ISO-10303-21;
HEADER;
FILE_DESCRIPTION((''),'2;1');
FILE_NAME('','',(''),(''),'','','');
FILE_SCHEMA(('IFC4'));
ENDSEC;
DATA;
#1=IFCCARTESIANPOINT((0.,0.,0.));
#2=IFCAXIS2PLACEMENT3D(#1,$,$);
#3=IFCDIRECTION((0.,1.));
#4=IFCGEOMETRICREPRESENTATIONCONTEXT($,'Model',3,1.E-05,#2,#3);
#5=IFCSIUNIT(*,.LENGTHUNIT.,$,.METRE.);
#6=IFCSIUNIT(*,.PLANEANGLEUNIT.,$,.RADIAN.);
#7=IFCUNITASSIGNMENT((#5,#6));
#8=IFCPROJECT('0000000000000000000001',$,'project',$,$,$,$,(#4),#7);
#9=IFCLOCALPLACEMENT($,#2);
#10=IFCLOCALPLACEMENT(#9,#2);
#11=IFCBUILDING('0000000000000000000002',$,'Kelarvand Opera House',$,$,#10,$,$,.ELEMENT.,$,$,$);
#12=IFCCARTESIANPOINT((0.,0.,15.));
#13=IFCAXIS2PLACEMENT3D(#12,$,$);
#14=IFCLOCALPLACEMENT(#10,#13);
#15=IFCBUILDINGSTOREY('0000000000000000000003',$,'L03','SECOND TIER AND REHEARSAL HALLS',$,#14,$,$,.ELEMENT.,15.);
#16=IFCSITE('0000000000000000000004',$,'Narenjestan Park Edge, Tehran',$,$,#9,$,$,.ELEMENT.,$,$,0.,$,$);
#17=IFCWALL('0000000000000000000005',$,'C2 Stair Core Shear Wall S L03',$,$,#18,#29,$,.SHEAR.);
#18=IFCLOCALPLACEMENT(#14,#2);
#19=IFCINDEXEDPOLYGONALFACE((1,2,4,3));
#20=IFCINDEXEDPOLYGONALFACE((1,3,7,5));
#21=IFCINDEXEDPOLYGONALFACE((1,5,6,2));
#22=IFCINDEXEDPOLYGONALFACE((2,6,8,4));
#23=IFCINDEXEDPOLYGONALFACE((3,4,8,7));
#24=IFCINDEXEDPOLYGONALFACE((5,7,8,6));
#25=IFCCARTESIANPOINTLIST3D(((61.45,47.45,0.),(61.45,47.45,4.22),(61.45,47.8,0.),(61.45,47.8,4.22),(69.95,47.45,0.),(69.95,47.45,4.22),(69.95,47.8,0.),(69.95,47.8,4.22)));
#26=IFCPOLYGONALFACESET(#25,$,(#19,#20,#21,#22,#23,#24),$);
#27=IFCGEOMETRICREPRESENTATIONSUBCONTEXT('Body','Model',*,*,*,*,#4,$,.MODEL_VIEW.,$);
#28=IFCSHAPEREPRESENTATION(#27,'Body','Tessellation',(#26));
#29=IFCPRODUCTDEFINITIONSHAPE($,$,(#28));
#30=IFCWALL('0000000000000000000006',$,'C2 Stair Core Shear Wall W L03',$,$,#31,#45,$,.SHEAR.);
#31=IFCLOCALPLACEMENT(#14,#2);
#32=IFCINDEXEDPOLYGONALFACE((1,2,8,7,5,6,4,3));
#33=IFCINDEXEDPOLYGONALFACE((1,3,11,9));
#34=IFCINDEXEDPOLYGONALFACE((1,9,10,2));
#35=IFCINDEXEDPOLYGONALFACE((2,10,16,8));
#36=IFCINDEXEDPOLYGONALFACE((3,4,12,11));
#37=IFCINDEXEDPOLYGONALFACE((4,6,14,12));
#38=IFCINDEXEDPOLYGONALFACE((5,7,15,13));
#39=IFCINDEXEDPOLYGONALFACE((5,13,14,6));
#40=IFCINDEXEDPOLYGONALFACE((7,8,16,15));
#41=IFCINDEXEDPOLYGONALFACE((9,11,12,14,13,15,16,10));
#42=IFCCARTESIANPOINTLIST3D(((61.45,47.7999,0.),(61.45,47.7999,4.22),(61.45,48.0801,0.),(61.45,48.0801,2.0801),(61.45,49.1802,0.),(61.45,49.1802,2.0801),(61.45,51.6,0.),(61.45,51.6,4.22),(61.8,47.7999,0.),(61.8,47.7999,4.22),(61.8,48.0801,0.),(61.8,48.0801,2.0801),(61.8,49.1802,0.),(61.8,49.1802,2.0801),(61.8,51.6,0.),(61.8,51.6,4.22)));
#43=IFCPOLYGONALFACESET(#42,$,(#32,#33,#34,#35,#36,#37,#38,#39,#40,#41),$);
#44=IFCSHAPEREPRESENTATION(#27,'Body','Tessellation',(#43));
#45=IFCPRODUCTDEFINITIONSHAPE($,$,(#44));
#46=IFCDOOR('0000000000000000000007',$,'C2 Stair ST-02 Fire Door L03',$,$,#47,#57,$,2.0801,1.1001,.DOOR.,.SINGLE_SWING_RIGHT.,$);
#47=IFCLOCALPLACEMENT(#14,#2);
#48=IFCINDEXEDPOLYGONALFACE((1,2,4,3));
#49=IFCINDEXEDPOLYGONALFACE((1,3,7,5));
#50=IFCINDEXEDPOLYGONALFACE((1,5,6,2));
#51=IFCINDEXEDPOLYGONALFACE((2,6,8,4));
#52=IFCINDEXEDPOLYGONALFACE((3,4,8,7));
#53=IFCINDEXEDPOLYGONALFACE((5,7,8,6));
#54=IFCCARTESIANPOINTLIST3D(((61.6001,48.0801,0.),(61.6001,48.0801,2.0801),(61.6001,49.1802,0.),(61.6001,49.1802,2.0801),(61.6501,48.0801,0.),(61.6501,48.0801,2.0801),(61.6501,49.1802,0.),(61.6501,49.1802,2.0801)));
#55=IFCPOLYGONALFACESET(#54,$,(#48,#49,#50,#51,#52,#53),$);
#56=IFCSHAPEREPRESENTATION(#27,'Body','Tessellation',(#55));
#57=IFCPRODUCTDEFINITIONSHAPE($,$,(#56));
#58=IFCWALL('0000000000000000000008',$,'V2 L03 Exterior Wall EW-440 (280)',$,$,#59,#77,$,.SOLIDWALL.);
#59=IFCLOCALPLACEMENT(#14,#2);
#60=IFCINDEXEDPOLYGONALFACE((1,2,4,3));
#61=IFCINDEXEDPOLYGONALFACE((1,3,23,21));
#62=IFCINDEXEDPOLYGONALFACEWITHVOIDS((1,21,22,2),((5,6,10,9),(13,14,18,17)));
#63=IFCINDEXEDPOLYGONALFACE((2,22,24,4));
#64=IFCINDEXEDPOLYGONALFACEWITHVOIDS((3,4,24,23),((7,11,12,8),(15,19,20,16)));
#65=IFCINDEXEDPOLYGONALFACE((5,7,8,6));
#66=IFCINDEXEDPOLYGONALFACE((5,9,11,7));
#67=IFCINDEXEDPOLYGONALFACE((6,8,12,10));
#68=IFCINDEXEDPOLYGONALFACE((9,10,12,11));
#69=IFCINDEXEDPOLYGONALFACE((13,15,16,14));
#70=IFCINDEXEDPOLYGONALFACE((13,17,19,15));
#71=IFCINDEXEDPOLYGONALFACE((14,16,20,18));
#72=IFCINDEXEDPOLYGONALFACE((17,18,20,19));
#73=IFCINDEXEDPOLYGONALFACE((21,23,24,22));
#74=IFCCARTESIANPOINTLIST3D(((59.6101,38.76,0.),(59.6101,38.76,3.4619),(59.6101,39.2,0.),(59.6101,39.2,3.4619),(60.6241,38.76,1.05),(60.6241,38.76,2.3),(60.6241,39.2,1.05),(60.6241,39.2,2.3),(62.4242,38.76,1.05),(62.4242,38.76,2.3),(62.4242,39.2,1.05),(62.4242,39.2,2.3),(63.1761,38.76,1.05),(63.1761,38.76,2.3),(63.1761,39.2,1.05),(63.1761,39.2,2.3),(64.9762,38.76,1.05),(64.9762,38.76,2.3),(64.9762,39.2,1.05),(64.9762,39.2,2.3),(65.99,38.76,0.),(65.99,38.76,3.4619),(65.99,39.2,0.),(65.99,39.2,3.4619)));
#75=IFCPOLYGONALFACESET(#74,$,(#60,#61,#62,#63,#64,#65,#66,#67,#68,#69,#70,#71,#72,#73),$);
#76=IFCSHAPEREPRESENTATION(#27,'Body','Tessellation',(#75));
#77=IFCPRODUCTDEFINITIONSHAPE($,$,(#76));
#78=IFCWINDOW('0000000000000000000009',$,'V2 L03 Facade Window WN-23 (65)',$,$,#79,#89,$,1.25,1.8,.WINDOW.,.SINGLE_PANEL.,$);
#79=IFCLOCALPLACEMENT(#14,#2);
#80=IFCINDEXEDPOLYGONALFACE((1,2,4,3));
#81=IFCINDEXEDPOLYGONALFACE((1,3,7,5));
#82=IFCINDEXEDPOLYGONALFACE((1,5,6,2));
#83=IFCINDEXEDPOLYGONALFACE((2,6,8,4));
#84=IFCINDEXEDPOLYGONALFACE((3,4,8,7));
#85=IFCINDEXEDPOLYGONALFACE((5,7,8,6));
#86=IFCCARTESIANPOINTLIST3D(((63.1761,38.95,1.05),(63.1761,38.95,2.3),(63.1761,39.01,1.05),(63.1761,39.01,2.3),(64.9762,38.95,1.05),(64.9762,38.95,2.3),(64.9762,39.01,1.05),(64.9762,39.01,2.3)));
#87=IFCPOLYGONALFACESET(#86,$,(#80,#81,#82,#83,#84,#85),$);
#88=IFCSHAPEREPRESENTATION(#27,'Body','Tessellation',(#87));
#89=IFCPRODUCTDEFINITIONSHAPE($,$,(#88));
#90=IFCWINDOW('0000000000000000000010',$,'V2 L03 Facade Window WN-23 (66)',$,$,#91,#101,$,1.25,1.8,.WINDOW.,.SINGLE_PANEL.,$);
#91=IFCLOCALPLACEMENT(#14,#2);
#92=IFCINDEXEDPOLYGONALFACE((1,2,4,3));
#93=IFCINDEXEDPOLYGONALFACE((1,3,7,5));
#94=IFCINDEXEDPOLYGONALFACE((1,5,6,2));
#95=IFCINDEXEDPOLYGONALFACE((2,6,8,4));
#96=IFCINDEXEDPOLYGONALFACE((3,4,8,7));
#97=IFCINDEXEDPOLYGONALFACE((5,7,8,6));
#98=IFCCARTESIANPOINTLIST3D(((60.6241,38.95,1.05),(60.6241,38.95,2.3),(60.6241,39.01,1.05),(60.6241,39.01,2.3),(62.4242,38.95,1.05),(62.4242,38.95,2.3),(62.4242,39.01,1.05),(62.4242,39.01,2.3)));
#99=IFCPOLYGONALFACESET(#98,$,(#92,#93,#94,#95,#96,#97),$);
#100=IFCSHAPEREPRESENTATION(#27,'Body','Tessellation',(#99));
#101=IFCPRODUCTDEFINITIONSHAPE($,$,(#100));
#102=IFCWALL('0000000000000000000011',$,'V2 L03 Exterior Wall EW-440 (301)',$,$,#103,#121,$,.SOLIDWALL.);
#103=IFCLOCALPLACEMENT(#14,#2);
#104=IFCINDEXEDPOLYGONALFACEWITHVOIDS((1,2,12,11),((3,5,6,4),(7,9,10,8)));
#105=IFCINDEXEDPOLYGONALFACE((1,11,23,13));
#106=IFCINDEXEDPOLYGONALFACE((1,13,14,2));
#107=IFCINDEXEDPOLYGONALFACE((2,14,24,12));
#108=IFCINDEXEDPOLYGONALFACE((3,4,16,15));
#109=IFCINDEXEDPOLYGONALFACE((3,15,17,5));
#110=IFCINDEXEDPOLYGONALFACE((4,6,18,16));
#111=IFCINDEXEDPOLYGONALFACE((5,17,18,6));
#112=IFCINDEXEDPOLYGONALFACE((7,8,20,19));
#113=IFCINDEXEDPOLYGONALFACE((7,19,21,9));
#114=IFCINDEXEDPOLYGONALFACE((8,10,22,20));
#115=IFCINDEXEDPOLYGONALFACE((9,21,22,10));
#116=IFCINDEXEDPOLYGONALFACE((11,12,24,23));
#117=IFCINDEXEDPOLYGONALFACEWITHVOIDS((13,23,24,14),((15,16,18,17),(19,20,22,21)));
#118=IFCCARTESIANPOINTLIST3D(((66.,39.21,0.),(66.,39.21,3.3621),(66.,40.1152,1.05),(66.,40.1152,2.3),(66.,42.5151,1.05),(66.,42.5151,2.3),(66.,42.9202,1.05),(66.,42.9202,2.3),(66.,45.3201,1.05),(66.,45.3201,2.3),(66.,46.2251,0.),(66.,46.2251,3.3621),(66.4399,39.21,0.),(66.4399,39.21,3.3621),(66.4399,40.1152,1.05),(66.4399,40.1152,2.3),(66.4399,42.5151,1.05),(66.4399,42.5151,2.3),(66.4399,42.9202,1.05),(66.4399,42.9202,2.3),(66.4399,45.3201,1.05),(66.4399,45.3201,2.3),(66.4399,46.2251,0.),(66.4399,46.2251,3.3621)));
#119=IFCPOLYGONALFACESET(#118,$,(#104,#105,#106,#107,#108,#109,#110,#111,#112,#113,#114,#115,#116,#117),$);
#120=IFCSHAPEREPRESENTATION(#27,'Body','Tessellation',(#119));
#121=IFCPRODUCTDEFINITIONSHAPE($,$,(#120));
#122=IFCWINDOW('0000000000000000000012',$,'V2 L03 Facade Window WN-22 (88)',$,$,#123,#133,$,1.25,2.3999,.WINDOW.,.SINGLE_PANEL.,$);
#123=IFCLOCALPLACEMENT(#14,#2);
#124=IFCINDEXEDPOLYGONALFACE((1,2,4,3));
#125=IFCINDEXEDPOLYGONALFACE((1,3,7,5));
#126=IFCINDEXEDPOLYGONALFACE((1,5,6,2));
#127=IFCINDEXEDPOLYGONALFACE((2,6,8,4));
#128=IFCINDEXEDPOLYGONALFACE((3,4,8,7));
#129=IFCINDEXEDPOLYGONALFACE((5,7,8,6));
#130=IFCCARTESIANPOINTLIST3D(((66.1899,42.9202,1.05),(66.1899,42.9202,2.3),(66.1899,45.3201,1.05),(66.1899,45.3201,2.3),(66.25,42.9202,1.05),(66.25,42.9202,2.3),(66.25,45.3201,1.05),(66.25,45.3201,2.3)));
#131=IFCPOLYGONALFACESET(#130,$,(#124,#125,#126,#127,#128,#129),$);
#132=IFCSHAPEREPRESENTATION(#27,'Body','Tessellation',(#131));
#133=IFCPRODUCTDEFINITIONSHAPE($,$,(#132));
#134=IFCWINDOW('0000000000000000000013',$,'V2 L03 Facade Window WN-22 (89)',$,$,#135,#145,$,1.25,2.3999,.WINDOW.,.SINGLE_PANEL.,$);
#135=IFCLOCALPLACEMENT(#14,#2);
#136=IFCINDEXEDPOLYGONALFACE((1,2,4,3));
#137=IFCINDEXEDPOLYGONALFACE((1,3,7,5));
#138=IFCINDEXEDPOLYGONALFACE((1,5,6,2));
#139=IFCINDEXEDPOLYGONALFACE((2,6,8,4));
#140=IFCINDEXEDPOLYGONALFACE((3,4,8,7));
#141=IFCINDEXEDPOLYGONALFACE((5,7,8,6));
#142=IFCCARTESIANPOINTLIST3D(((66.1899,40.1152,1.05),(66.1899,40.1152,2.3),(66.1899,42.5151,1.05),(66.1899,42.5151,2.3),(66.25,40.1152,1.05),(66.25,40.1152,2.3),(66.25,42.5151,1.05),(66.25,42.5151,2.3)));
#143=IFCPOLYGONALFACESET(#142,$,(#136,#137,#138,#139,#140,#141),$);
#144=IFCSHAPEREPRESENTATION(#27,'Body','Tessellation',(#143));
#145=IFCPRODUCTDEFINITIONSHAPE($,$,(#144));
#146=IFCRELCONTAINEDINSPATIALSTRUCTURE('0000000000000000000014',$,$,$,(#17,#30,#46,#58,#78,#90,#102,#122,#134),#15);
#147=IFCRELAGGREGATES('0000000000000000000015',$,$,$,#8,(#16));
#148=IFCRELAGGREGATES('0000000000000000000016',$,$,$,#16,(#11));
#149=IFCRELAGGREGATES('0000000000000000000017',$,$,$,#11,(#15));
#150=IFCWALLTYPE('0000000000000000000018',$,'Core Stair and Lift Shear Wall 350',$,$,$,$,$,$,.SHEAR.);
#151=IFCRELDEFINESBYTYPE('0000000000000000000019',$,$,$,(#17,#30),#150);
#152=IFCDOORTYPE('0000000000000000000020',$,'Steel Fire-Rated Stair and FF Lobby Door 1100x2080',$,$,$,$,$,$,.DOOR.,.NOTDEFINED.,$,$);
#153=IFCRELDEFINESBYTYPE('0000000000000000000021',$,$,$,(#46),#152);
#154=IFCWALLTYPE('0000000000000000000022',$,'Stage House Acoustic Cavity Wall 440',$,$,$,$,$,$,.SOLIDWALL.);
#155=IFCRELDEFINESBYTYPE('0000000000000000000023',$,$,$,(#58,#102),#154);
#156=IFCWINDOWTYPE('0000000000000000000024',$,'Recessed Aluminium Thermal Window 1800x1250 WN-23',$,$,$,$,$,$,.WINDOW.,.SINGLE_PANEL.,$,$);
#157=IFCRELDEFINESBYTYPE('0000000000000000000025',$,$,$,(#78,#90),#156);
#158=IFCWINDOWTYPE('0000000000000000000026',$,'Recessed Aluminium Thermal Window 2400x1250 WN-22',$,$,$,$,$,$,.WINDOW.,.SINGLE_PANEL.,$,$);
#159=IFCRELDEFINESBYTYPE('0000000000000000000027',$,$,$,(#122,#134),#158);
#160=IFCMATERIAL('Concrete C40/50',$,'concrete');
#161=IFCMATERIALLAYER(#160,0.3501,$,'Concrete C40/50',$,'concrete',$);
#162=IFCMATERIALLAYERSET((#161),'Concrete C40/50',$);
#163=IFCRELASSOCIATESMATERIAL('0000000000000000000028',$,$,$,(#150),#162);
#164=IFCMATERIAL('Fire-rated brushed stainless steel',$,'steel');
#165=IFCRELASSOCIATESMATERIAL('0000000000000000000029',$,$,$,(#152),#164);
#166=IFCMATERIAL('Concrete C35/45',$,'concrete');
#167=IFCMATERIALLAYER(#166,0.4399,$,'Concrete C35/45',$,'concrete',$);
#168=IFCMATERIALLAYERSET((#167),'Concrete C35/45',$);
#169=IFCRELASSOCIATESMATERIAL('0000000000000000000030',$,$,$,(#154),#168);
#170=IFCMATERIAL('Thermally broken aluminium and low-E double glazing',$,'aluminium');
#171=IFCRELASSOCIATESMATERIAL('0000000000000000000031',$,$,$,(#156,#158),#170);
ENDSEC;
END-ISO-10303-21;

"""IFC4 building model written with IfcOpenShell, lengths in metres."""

from ifc_helpers import new_model, si_unit, direction, frame, frame_2d, origin, place, context, subcontext, project, spatial, rectangle, extrude, material, layer, layer_set, type_object, element, fill, save


model = new_model("IFC4")

# Units and contexts
model_context = context("Model", 3, precision=1e-05, world=origin(), true_north=direction((0.0, 1.0)))
body_context = subcontext(model_context, "Body", "Model", "MODEL_VIEW")
ifc_project = project(units=[si_unit("LENGTHUNIT", "METRE"), si_unit("PLANEANGLEUNIT", "RADIAN")], contexts=[model_context])

# Site, building, storey
site_placement = place(None, origin())
site = spatial("IfcSite", under=ifc_project, at=site_placement, Name="Narenjestan Park Edge, Tehran", CompositionType="ELEMENT", RefElevation=0.0)
building_placement = place(site_placement, origin())
building = spatial("IfcBuilding", under=site, at=building_placement, Name="Kelarvand Opera House", CompositionType="ELEMENT")
storey_placement = place(building_placement, frame((0.0, 0.0, 15.0)))
storey = spatial("IfcBuildingStorey", under=building, at=storey_placement, Name="L03", Description="SECOND TIER AND REHEARSAL HALLS", CompositionType="ELEMENT", Elevation=15.0)

# Shared definitions
ifc_material_1 = material(Name="Concrete C40/50", Category="concrete")

# Shared definitions
ifc_material_2 = material(Name="Concrete C35/45", Category="concrete")

# Wall
ifc_layer_1 = layer(ifc_material_1, 0.3501, Name="Concrete C40/50", Category="concrete")
ifc_layer_set_1 = layer_set([ifc_layer_1], Name="Concrete C40/50")
wall_type_1 = type_object("IfcWallType", Name="Core Stair and Lift Shear Wall 350", PredefinedType="SHEAR", material=ifc_layer_set_1)
wall_1_placement = place(storey_placement, frame((61.45, 47.625, 0.0), z_axis=(0.0, 0.0, 1.0), x_axis=(1.0, 0.0, 0.0)))
element("IfcWall", 1, at=wall_1_placement, inside=storey, type_object=wall_type_1, Name="C2 Stair Core Shear Wall S L03", PredefinedType="SHEAR", context=body_context, shape_type="SweptSolid", body=[
    extrude(rectangle(XDim=8.5, YDim=0.3501, at=frame_2d((4.25, 0.0))), origin(), (0.0, 0.0, 1.0), 4.22),
])

# Wall, opening, door
wall_2_placement = place(storey_placement, frame((61.625, 47.8, 0.0), z_axis=(0.0, 0.0, 1.0), x_axis=(0.0, 1.0, 0.0)))
wall_2 = element("IfcWall", 2, at=wall_2_placement, inside=storey, type_object=wall_type_1, Name="C2 Stair Core Shear Wall W L03", PredefinedType="SHEAR", context=body_context, shape_type="SweptSolid", body=[
    extrude(rectangle(XDim=3.8, YDim=0.3501, at=frame_2d((1.8999, 0.0))), origin(), (0.0, 0.0, 1.0), 4.22),
])
opening_1_placement = place(wall_2_placement, frame((0.28, 0.0, 0.0)))
opening_1 = element("IfcOpeningElement", 3, at=opening_1_placement, cuts=wall_2, PredefinedType="OPENING", context=body_context, shape_type="SweptSolid", body=[
    extrude(rectangle(XDim=1.1001, YDim=2.0801, at=frame_2d((0.55, 1.04))), frame((0.0, 0.1851, 0.0), z_axis=(0.0, -1.0, 0.0), x_axis=(1.0, 0.0, 0.0)), (0.0, 0.0, 1.0), 0.3701),
])
ifc_material_3 = material(Name="Fire-rated brushed stainless steel", Category="steel")
door_type = type_object("IfcDoorType", Name="Steel Fire-Rated Stair and FF Lobby Door 1100x2080", OperationType="NOTDEFINED", PredefinedType="DOOR", material=ifc_material_3)
door_placement = place(opening_1_placement, origin())
door = element("IfcDoor", 4, at=door_placement, inside=storey, type_object=door_type, Name="C2 Stair ST-02 Fire Door L03", OperationType="SINGLE_SWING_RIGHT", OverallHeight=2.0801, OverallWidth=1.1001, PredefinedType="DOOR", context=body_context, shape_type="SweptSolid", body=[
    extrude(rectangle(XDim=1.1001, YDim=2.0801, at=frame_2d((0.55, 1.04))), frame((0.0, 0.0249, 0.0), z_axis=(0.0, -1.0, 0.0), x_axis=(1.0, 0.0, 0.0)), (0.0, 0.0, 1.0), 0.05),
])
fill(opening_1, door)

# Walls, openings, windows
ifc_layer_2 = layer(ifc_material_2, 0.4399, Name="Concrete C35/45", Category="concrete")
ifc_layer_set_2 = layer_set([ifc_layer_2], Name="Concrete C35/45")
wall_type_2 = type_object("IfcWallType", Name="Stage House Acoustic Cavity Wall 440", PredefinedType="SOLIDWALL", material=ifc_layer_set_2)
wall_3_placement = place(storey_placement, frame((65.99, 38.98, 0.0), z_axis=(0.0, 0.0, 1.0), x_axis=(-1.0, 0.0, 0.0)))
wall_3 = element("IfcWall", 5, at=wall_3_placement, inside=storey, type_object=wall_type_2, Name="V2 L03 Exterior Wall EW-440 (280)", PredefinedType="SOLIDWALL", context=body_context, shape_type="SweptSolid", body=[
    extrude(rectangle(XDim=6.3799, YDim=0.4399, at=frame_2d((3.1899, 0.0))), origin(), (0.0, 0.0, 1.0), 3.4619),
])
opening_2_placement = place(wall_3_placement, frame((1.0139, 0.0, 1.05)))
opening_2 = element("IfcOpeningElement", 6, at=opening_2_placement, cuts=wall_3, PredefinedType="OPENING", context=body_context, shape_type="SweptSolid", body=[
    extrude(rectangle(XDim=1.8, YDim=1.25, at=frame_2d((0.8999, 0.625))), frame((0.0, 0.23, 0.0), z_axis=(0.0, -1.0, 0.0), x_axis=(1.0, 0.0, 0.0)), (0.0, 0.0, 1.0), 0.46),
])
opening_3_placement = place(wall_3_placement, frame((3.5659, 0.0, 1.05)))
opening_3 = element("IfcOpeningElement", 7, at=opening_3_placement, cuts=wall_3, PredefinedType="OPENING", context=body_context, shape_type="SweptSolid", body=[
    extrude(rectangle(XDim=1.8, YDim=1.25, at=frame_2d((0.8999, 0.625))), frame((0.0, 0.23, 0.0), z_axis=(0.0, -1.0, 0.0), x_axis=(1.0, 0.0, 0.0)), (0.0, 0.0, 1.0), 0.46),
])
ifc_material_4 = material(Name="Thermally broken aluminium and low-E double glazing", Category="aluminium")
window_type_1 = type_object("IfcWindowType", Name="Recessed Aluminium Thermal Window 1800x1250 WN-23", PartitioningType="SINGLE_PANEL", PredefinedType="WINDOW", material=ifc_material_4)
window_1_placement = place(opening_2_placement, origin())
window_1 = element("IfcWindow", 8, at=window_1_placement, inside=storey, type_object=window_type_1, Name="V2 L03 Facade Window WN-23 (65)", OverallHeight=1.25, OverallWidth=1.8, PartitioningType="SINGLE_PANEL", PredefinedType="WINDOW", context=body_context, shape_type="SweptSolid", body=[
    extrude(rectangle(XDim=1.8, YDim=1.25, at=frame_2d((0.8999, 0.625))), frame((0.0, 0.03, 0.0), z_axis=(0.0, -1.0, 0.0), x_axis=(1.0, 0.0, 0.0)), (0.0, 0.0, 1.0), 0.0601),
])
fill(opening_2, window_1)
window_2_placement = place(opening_3_placement, origin())
window_2 = element("IfcWindow", 9, at=window_2_placement, inside=storey, type_object=window_type_1, Name="V2 L03 Facade Window WN-23 (66)", OverallHeight=1.25, OverallWidth=1.8, PartitioningType="SINGLE_PANEL", PredefinedType="WINDOW", context=body_context, shape_type="SweptSolid", body=[
    extrude(rectangle(XDim=1.8, YDim=1.25, at=frame_2d((0.8999, 0.625))), frame((0.0, 0.03, 0.0), z_axis=(0.0, -1.0, 0.0), x_axis=(1.0, 0.0, 0.0)), (0.0, 0.0, 1.0), 0.0601),
])
fill(opening_3, window_2)
wall_4_placement = place(storey_placement, frame((66.22, 46.2251, 0.0), z_axis=(0.0, 0.0, 1.0), x_axis=(0.0, -1.0, 0.0)))
wall_4 = element("IfcWall", 10, at=wall_4_placement, inside=storey, type_object=wall_type_2, Name="V2 L03 Exterior Wall EW-440 (301)", PredefinedType="SOLIDWALL", context=body_context, shape_type="SweptSolid", body=[
    extrude(rectangle(XDim=7.0151, YDim=0.4399, at=frame_2d((3.5076, 0.0))), origin(), (0.0, 0.0, 1.0), 3.3621),
])
opening_4_placement = place(wall_4_placement, frame((0.905, 0.0, 1.05)))
opening_4 = element("IfcOpeningElement", 11, at=opening_4_placement, cuts=wall_4, PredefinedType="OPENING", context=body_context, shape_type="SweptSolid", body=[
    extrude(rectangle(XDim=2.3999, YDim=1.25, at=frame_2d((1.2, 0.625))), frame((0.0, 0.23, 0.0), z_axis=(0.0, -1.0, 0.0), x_axis=(1.0, 0.0, 0.0)), (0.0, 0.0, 1.0), 0.46),
])
opening_5_placement = place(wall_4_placement, frame((3.71, 0.0, 1.05)))
opening_5 = element("IfcOpeningElement", 12, at=opening_5_placement, cuts=wall_4, PredefinedType="OPENING", context=body_context, shape_type="SweptSolid", body=[
    extrude(rectangle(XDim=2.3999, YDim=1.25, at=frame_2d((1.2, 0.625))), frame((0.0, 0.23, 0.0), z_axis=(0.0, -1.0, 0.0), x_axis=(1.0, 0.0, 0.0)), (0.0, 0.0, 1.0), 0.46),
])
window_type_2 = type_object("IfcWindowType", Name="Recessed Aluminium Thermal Window 2400x1250 WN-22", PartitioningType="SINGLE_PANEL", PredefinedType="WINDOW", material=ifc_material_4)
window_3_placement = place(opening_4_placement, origin())
window_3 = element("IfcWindow", 13, at=window_3_placement, inside=storey, type_object=window_type_2, Name="V2 L03 Facade Window WN-22 (88)", OverallHeight=1.25, OverallWidth=2.3999, PartitioningType="SINGLE_PANEL", PredefinedType="WINDOW", context=body_context, shape_type="SweptSolid", body=[
    extrude(rectangle(XDim=2.3999, YDim=1.25, at=frame_2d((1.2, 0.625))), frame((0.0, 0.03, 0.0), z_axis=(0.0, -1.0, 0.0), x_axis=(1.0, 0.0, 0.0)), (0.0, 0.0, 1.0), 0.0601),
])
fill(opening_4, window_3)
window_4_placement = place(opening_5_placement, origin())
window_4 = element("IfcWindow", 14, at=window_4_placement, inside=storey, type_object=window_type_2, Name="V2 L03 Facade Window WN-22 (89)", OverallHeight=1.25, OverallWidth=2.3999, PartitioningType="SINGLE_PANEL", PredefinedType="WINDOW", context=body_context, shape_type="SweptSolid", body=[
    extrude(rectangle(XDim=2.3999, YDim=1.25, at=frame_2d((1.2, 0.625))), frame((0.0, 0.03, 0.0), z_axis=(0.0, -1.0, 0.0), x_axis=(1.0, 0.0, 0.0)), (0.0, 0.0, 1.0), 0.0601),
])
fill(opening_5, window_4)

save(model, "model.ifc")
